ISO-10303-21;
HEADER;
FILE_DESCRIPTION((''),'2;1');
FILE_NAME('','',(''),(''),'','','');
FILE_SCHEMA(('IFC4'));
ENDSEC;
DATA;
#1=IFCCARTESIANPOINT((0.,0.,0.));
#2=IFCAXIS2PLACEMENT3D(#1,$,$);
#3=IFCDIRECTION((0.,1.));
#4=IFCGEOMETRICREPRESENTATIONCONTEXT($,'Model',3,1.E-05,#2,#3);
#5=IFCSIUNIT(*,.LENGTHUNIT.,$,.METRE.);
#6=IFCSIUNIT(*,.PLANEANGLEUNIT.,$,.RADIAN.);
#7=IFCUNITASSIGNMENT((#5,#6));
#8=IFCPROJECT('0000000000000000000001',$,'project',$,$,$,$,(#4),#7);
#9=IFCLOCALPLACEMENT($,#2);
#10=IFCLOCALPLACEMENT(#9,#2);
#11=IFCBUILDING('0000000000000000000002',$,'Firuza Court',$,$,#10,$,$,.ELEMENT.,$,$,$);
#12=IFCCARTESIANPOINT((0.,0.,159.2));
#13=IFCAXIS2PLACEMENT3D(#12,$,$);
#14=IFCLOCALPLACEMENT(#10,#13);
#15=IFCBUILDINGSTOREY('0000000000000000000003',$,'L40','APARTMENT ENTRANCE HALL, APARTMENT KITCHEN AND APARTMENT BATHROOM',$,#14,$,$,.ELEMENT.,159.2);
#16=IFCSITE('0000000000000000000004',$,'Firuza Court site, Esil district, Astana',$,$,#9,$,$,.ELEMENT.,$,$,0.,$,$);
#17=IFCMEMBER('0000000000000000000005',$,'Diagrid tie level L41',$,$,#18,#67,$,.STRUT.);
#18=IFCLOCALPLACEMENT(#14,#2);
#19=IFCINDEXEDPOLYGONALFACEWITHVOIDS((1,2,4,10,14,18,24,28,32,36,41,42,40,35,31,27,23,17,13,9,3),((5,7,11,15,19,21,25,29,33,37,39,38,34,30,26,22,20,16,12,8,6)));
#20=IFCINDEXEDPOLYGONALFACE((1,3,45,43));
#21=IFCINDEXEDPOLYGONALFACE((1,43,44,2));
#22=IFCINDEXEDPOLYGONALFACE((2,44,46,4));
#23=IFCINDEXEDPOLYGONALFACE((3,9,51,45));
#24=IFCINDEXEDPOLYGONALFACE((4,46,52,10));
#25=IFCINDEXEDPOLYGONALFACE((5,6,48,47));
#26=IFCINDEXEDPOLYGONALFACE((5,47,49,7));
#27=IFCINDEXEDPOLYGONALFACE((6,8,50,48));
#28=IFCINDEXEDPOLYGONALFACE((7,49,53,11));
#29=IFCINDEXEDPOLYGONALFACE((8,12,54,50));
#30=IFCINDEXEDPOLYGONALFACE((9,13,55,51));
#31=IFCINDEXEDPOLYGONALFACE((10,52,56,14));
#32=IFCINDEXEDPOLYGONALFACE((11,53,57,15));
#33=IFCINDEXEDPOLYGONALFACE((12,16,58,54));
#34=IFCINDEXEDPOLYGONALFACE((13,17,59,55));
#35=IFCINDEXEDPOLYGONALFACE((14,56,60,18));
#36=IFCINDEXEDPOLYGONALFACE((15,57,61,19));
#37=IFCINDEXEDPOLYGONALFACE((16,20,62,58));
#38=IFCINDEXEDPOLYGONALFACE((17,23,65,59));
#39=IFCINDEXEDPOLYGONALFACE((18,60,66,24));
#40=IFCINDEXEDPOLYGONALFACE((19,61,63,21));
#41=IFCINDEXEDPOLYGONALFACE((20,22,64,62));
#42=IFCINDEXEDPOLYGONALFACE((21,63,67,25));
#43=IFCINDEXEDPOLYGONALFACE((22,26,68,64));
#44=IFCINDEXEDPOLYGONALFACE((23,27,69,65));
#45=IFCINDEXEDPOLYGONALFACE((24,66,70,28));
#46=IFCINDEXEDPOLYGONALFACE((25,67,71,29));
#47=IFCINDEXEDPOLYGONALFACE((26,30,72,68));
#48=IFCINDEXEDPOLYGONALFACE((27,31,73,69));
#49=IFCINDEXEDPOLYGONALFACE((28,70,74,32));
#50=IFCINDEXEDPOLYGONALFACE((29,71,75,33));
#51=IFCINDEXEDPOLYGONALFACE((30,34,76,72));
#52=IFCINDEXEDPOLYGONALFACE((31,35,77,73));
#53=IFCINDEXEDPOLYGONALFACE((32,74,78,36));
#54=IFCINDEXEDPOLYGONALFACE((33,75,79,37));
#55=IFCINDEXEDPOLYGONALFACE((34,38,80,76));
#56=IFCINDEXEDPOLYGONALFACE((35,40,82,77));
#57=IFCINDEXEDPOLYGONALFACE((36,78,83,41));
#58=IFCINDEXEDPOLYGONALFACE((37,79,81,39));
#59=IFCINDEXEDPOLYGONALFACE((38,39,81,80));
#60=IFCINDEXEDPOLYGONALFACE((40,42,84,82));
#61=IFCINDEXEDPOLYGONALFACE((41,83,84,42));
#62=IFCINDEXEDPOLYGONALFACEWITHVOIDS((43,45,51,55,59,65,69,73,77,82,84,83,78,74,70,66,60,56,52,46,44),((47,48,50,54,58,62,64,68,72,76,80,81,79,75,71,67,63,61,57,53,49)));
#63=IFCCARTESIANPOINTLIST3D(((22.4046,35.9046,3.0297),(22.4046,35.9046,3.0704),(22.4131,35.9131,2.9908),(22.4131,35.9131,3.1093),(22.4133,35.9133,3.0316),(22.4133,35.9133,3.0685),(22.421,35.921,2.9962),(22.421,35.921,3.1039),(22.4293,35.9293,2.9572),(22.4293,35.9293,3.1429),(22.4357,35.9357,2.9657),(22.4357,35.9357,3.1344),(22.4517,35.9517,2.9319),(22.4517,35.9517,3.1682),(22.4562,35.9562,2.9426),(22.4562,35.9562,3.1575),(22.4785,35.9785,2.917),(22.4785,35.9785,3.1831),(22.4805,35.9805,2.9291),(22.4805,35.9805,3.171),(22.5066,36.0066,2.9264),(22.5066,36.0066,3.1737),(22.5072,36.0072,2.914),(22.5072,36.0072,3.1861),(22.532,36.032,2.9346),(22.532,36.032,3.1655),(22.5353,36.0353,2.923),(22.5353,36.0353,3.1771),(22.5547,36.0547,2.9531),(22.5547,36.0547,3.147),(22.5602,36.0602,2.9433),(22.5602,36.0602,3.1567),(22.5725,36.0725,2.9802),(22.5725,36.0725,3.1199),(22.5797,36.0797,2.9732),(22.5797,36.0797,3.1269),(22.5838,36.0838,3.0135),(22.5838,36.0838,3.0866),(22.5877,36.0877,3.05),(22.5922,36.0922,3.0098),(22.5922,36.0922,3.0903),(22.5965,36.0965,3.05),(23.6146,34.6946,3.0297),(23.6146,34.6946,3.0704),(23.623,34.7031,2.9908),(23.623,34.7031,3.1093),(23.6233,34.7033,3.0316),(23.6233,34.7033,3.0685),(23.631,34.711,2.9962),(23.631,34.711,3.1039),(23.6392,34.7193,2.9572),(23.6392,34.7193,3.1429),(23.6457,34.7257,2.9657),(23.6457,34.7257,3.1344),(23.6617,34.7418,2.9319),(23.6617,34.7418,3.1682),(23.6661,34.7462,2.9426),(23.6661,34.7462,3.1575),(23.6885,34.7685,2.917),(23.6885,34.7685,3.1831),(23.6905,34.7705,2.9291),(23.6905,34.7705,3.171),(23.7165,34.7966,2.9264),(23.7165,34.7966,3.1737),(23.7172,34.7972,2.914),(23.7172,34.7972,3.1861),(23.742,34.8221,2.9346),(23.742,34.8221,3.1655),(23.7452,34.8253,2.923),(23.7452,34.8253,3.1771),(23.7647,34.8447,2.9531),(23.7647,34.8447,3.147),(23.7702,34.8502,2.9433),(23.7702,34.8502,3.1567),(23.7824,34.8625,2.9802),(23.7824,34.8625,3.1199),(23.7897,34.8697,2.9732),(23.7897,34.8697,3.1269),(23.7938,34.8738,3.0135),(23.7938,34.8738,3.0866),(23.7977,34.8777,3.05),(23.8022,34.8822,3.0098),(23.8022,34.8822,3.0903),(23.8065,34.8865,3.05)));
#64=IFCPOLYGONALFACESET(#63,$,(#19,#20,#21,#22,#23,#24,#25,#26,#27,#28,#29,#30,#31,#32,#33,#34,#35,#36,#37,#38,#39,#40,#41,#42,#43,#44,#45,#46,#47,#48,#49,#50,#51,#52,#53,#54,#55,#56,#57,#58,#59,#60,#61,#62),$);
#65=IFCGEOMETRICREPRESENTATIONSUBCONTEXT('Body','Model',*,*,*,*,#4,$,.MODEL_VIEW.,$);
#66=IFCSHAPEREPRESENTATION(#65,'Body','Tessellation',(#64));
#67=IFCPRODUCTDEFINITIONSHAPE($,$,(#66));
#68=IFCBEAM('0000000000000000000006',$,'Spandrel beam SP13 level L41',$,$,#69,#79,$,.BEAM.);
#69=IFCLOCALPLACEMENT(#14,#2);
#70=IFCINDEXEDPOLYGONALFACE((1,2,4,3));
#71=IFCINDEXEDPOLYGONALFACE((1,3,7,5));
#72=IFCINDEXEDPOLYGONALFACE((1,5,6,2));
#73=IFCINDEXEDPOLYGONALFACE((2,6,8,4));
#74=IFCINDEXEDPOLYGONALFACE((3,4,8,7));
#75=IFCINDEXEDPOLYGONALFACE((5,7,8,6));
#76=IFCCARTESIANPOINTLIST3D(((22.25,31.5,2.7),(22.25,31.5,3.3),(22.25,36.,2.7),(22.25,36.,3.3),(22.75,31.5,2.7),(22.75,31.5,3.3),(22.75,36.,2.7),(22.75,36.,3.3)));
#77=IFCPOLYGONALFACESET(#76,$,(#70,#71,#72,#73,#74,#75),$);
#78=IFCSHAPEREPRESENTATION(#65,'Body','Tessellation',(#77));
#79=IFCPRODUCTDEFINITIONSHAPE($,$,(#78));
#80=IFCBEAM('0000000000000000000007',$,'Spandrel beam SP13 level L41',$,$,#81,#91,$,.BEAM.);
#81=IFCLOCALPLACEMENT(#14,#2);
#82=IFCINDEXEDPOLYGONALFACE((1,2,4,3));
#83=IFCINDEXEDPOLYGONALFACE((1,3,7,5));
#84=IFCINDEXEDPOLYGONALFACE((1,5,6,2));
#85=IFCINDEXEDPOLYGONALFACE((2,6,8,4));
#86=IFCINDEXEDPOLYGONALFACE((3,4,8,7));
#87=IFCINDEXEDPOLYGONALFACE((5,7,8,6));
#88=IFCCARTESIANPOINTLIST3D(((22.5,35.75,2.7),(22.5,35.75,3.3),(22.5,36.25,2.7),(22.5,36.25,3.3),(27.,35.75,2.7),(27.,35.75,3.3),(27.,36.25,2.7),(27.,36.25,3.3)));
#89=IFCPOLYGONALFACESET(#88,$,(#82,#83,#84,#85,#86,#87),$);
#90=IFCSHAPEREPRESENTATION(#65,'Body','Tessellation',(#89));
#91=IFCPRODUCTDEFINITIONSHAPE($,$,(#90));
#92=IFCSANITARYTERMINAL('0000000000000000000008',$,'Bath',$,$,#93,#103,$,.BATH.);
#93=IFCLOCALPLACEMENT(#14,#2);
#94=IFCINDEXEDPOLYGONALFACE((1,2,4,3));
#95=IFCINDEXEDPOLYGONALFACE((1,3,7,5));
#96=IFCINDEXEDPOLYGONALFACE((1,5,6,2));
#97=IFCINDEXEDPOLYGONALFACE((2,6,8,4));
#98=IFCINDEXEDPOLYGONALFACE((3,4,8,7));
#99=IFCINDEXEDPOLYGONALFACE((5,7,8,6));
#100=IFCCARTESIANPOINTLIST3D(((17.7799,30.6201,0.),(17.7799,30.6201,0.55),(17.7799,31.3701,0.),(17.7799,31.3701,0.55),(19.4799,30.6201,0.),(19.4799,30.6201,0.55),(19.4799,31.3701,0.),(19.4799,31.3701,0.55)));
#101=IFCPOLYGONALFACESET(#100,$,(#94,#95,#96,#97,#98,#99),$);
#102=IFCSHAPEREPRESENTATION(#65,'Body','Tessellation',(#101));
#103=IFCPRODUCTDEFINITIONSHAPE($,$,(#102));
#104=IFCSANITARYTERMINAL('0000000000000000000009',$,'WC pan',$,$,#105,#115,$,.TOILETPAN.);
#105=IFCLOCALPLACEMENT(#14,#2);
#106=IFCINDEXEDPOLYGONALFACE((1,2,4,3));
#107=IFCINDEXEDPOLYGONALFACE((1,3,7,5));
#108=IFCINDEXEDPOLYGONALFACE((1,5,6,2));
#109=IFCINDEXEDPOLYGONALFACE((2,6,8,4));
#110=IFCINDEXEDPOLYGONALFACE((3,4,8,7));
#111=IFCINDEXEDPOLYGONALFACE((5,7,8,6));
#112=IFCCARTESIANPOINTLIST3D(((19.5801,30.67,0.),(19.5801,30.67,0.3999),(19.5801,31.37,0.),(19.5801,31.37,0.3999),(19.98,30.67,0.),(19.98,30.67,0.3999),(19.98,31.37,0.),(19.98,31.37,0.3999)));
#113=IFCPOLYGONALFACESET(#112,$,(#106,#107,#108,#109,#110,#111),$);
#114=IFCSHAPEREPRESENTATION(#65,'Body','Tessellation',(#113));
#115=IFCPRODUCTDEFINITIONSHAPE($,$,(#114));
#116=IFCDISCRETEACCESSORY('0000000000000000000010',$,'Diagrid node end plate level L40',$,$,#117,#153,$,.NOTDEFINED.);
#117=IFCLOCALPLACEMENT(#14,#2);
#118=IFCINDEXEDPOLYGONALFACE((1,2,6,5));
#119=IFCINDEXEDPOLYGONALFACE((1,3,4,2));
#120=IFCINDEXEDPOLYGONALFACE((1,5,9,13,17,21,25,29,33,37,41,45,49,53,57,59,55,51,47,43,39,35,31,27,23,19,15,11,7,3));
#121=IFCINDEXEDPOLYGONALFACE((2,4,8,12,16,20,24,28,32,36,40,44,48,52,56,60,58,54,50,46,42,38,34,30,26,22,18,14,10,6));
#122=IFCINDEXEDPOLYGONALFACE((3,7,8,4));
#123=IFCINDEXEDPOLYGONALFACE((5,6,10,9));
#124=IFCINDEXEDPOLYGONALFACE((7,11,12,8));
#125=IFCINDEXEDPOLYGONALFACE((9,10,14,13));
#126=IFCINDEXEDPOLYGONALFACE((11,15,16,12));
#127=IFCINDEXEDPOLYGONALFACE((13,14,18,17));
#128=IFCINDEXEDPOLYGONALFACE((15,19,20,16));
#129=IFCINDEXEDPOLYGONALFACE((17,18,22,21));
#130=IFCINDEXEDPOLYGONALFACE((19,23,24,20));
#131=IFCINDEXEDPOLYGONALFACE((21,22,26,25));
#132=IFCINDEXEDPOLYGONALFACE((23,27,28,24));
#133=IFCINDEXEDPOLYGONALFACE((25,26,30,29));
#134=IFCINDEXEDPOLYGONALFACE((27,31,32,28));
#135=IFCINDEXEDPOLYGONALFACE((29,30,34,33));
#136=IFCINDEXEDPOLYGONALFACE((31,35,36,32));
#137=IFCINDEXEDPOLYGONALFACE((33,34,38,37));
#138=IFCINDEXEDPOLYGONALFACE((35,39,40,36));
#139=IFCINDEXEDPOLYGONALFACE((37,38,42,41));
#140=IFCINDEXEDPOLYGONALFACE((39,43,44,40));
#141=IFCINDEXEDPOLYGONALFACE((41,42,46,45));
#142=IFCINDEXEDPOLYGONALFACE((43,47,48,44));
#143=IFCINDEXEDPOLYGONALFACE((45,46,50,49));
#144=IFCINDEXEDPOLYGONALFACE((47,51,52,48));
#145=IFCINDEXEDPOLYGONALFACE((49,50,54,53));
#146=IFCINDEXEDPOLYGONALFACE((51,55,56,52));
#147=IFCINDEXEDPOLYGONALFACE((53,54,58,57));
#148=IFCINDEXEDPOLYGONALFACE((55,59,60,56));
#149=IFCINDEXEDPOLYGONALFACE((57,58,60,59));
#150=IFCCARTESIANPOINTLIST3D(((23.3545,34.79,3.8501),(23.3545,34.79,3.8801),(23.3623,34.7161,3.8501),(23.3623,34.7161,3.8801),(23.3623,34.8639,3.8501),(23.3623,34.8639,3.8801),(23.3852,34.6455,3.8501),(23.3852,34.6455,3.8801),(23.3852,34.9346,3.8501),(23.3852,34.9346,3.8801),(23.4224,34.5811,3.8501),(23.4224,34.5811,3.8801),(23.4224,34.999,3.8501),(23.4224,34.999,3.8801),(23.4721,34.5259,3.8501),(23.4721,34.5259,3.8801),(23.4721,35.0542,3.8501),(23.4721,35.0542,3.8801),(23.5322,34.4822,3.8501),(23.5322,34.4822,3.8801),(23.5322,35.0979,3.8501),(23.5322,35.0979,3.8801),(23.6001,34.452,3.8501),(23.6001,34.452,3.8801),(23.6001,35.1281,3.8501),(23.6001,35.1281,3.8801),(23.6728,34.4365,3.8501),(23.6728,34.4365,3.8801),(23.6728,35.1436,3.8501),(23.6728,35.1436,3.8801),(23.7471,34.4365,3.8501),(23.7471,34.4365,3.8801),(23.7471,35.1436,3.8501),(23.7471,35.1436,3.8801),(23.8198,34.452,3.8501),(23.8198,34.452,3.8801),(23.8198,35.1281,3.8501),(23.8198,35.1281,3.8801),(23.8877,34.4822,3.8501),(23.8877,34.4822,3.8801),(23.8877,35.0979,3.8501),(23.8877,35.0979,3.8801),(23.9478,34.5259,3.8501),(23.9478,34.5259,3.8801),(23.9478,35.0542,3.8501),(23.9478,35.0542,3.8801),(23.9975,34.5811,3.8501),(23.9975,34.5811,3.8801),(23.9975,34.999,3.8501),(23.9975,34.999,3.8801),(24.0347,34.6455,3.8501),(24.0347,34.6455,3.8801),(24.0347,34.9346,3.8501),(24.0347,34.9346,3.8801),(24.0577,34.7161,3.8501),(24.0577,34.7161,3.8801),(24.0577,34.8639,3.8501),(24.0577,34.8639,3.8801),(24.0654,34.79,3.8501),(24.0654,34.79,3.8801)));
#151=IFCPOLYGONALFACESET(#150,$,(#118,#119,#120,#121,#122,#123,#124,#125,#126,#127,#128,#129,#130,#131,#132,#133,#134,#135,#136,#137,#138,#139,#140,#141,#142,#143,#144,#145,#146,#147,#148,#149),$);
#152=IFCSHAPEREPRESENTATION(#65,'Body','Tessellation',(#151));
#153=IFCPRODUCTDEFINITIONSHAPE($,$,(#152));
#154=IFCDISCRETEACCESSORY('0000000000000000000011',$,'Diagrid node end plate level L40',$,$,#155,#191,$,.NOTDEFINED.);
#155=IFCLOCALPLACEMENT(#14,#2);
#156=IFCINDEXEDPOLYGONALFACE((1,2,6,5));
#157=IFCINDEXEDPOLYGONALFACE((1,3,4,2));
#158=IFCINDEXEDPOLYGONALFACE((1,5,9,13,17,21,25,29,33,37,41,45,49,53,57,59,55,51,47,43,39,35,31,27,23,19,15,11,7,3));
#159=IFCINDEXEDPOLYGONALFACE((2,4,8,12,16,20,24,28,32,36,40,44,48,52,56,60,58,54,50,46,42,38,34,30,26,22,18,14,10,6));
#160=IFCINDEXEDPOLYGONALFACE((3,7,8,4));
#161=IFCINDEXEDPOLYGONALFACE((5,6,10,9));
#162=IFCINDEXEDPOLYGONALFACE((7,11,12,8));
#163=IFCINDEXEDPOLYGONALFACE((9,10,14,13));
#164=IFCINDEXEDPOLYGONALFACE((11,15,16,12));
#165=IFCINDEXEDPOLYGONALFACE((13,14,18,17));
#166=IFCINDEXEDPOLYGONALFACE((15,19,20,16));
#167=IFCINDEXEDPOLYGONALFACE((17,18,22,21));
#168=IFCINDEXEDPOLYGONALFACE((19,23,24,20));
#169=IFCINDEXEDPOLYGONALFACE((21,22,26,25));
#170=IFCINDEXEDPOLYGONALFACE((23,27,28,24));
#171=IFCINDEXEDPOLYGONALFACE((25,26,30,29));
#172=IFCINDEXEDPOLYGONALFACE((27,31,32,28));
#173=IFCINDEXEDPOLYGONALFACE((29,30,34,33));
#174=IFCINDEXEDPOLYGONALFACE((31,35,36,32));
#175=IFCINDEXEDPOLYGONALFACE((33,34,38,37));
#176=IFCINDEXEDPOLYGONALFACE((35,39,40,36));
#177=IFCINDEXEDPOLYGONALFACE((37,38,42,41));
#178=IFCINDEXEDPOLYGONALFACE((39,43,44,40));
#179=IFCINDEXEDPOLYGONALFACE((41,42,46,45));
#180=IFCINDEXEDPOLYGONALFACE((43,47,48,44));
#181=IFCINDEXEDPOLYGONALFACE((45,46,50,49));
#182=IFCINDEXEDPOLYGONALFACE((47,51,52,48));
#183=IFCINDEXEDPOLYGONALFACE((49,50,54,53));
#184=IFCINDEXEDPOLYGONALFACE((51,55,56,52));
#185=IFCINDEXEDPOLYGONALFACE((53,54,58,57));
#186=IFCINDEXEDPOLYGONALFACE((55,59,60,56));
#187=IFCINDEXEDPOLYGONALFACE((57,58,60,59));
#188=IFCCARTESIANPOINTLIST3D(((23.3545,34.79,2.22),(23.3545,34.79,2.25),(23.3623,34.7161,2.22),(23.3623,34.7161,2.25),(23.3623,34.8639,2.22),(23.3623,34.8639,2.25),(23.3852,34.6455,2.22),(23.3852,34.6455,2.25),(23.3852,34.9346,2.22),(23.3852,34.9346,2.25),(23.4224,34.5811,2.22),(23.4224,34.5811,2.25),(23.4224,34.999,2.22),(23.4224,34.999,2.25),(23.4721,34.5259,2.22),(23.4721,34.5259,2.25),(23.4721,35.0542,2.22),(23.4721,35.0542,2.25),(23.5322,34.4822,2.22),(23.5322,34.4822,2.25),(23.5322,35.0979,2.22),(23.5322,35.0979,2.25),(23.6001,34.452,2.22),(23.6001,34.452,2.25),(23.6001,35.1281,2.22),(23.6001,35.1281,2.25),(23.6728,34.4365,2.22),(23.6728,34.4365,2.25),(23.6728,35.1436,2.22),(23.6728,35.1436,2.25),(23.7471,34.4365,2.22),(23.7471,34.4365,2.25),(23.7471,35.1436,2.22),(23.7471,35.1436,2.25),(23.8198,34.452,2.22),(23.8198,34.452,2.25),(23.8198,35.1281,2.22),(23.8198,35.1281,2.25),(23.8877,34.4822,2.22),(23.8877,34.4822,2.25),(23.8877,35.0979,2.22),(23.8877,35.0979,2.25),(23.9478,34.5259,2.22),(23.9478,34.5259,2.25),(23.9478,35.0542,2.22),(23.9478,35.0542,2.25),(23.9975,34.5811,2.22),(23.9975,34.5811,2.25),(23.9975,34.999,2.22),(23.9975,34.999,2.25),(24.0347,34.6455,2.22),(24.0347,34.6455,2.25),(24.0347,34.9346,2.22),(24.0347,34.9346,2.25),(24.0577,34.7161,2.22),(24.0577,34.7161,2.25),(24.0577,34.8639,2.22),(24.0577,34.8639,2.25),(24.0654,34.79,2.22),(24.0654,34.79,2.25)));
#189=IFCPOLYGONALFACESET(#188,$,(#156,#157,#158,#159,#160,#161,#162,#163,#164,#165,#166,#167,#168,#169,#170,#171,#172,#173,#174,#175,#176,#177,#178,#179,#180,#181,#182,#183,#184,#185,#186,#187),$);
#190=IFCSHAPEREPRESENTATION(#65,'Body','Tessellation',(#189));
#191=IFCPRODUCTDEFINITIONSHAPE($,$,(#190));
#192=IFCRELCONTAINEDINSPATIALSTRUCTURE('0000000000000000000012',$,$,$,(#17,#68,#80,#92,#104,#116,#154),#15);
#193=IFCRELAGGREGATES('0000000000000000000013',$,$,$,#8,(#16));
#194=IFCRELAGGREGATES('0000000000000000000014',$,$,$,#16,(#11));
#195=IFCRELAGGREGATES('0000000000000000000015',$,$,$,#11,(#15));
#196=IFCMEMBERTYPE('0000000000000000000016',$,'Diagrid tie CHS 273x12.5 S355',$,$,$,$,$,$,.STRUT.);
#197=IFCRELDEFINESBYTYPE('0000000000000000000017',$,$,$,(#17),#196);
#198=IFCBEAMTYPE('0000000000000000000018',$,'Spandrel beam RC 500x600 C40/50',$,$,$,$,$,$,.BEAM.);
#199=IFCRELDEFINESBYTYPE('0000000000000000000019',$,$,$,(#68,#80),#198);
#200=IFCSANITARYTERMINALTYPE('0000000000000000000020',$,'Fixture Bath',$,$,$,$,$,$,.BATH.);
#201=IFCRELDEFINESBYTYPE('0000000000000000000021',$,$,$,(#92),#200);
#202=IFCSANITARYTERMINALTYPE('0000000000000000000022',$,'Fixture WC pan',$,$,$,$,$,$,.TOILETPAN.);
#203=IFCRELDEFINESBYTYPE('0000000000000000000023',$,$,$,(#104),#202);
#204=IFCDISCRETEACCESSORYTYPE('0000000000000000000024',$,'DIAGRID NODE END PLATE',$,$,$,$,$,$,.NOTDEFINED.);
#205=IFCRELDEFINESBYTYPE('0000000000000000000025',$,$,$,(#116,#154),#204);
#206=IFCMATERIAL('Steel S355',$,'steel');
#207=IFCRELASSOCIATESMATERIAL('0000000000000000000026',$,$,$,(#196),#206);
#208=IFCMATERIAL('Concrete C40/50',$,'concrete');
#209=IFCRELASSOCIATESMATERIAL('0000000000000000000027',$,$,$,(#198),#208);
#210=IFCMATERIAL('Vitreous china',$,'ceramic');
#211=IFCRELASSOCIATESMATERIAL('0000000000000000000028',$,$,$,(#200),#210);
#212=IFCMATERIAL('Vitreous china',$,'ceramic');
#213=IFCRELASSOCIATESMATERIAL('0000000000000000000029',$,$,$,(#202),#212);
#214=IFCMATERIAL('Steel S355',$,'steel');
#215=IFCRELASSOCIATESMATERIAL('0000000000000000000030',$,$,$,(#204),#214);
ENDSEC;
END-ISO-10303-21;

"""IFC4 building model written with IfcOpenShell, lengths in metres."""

from ifc_helpers import new_model, si_unit, direction, frame, origin, origin_2d, place, context, subcontext, project, spatial, rectangle, circle, hollow_circle, extrude, material, material_profile, profile_set, type_object, element, save


model = new_model("IFC4")

# Units and contexts
model_context = context("Model", 3, precision=1e-05, world=origin(), true_north=direction((0.0, 1.0)))
body_context = subcontext(model_context, "Body", "Model", "MODEL_VIEW")
ifc_project = project(units=[si_unit("LENGTHUNIT", "METRE"), si_unit("PLANEANGLEUNIT", "RADIAN")], contexts=[model_context])

# Site, building, storey
site_placement = place(None, origin())
site = spatial("IfcSite", under=ifc_project, at=site_placement, Name="Firuza Court site, Esil district, Astana", CompositionType="ELEMENT", RefElevation=0.0)
building_placement = place(site_placement, origin())
building = spatial("IfcBuilding", under=site, at=building_placement, Name="Firuza Court", CompositionType="ELEMENT")
storey_placement = place(building_placement, frame((0.0, 0.0, 159.2)))
storey = spatial("IfcBuildingStorey", under=building, at=storey_placement, Name="L40", Description="APARTMENT ENTRANCE HALL, APARTMENT KITCHEN AND APARTMENT BATHROOM", CompositionType="ELEMENT", Elevation=159.2)

# Member
ifc_material_1 = material(Name="Steel S355", Category="steel")
ifc_material_profile_1 = material_profile(ifc_material_1, hollow_circle(Radius=0.1365, WallThickness=0.0125, at=origin_2d()), Name="CHS 273x12.5")
ifc_profile_set_1 = profile_set([ifc_material_profile_1], Name="Steel S355")
member_type_1 = type_object("IfcMemberType", Name="Diagrid tie CHS 273x12.5 S355", PredefinedType="STRUT", material=ifc_profile_set_1)
member_placement = place(storey_placement, frame((22.5, 36.0, 3.05), z_axis=(0.707107, -0.707107, 0.0), x_axis=(0.707107, 0.707107, 0.0)))
element("IfcMember", 1, at=member_placement, inside=storey, type_object=member_type_1, Name="Diagrid tie level L41", PredefinedType="STRUT", context=body_context, shape_type="SweptSolid", body=[
    extrude(hollow_circle(Radius=0.1365, WallThickness=0.0125, at=origin_2d()), origin(), (0.0, 0.0, 1.0), 1.7112),
])

# Beams
ifc_material_2 = material(Name="Concrete C40/50", Category="concrete")
ifc_material_profile_2 = material_profile(ifc_material_2, rectangle(XDim=0.5, YDim=0.6001, at=origin_2d()), Name="RC 500x600")
ifc_profile_set_2 = profile_set([ifc_material_profile_2], Name="Concrete C40/50")
beam_type = type_object("IfcBeamType", Name="Spandrel beam RC 500x600 C40/50", PredefinedType="BEAM", material=ifc_profile_set_2)
for number, where, z_axis, x_axis, name in (
    (2, (22.5, 31.5, 3.0), (0.0, 1.0, 0.0), (-1.0, 0.0, 0.0), "Spandrel beam SP13 level L41"),
    (3, (22.5, 36.0, 3.0), (1.0, 0.0, 0.0), (0.0, 1.0, 0.0), "Spandrel beam SP13 level L41"),
):
    element("IfcBeam", number, at=place(storey_placement, frame(where, z_axis=z_axis, x_axis=x_axis)), inside=storey, type_object=beam_type, Name=name, PredefinedType="BEAM", context=body_context, shape_type="SweptSolid", body=[
        extrude(rectangle(XDim=0.5, YDim=0.6001, at=origin_2d()), origin(), (0.0, 0.0, 1.0), 4.5),
    ])

# Sanitary terminals
ifc_material_3 = material(Name="Vitreous china", Category="ceramic")
sanitary_terminal_type_1 = type_object("IfcSanitaryTerminalType", Name="Fixture Bath", PredefinedType="BATH", material=ifc_material_3)
sanitary_terminal_1_placement = place(storey_placement, frame((18.6299, 30.9951, 0.0), z_axis=(0.0, 0.0, 1.0), x_axis=(1.0, 0.0, 0.0)))
element("IfcSanitaryTerminal", 4, at=sanitary_terminal_1_placement, inside=storey, type_object=sanitary_terminal_type_1, Name="Bath", PredefinedType="BATH", context=body_context, shape_type="SweptSolid", body=[
    extrude(rectangle(XDim=1.7, YDim=0.75, at=origin_2d()), origin(), (0.0, 0.0, 1.0), 0.55),
])
ifc_material_4 = material(Name="Vitreous china", Category="ceramic")
sanitary_terminal_type_2 = type_object("IfcSanitaryTerminalType", Name="Fixture WC pan", PredefinedType="TOILETPAN", material=ifc_material_4)
sanitary_terminal_2_placement = place(storey_placement, frame((19.78, 31.02, 0.0), z_axis=(0.0, 0.0, 1.0), x_axis=(1.0, 0.0, 0.0)))
element("IfcSanitaryTerminal", 5, at=sanitary_terminal_2_placement, inside=storey, type_object=sanitary_terminal_type_2, Name="WC pan", PredefinedType="TOILETPAN", context=body_context, shape_type="SweptSolid", body=[
    extrude(rectangle(XDim=0.3999, YDim=0.7, at=origin_2d()), origin(), (0.0, 0.0, 1.0), 0.3999),
])

# Discrete accessories
ifc_material_5 = material(Name="Steel S355", Category="steel")
ifc_material_profile_3 = material_profile(ifc_material_5, circle(Radius=0.3555, at=origin_2d()), Name="PL D711")
ifc_profile_set_3 = profile_set([ifc_material_profile_3], Name="Steel S355")
discrete_accessory_type = type_object("IfcDiscreteAccessoryType", Name="DIAGRID NODE END PLATE", PredefinedType="NOTDEFINED", material=ifc_profile_set_3)
for number, where, z_axis, x_axis, name in (
    (6, (23.71, 34.79, 3.8501), (0.0, 0.0, 1.0), (1.0, 0.0, 0.0), "Diagrid node end plate level L40"),
    (7, (23.71, 34.79, 2.22), (0.0, 0.0, 1.0), (1.0, 0.0, 0.0), "Diagrid node end plate level L40"),
):
    element("IfcDiscreteAccessory", number, at=place(storey_placement, frame(where, z_axis=z_axis, x_axis=x_axis)), inside=storey, type_object=discrete_accessory_type, Name=name, PredefinedType="NOTDEFINED", context=body_context, shape_type="SweptSolid", body=[
        extrude(circle(Radius=0.3555, at=origin_2d()), origin(), (0.0, 0.0, 1.0), 0.03),
    ])

save(model, "model.ifc")
